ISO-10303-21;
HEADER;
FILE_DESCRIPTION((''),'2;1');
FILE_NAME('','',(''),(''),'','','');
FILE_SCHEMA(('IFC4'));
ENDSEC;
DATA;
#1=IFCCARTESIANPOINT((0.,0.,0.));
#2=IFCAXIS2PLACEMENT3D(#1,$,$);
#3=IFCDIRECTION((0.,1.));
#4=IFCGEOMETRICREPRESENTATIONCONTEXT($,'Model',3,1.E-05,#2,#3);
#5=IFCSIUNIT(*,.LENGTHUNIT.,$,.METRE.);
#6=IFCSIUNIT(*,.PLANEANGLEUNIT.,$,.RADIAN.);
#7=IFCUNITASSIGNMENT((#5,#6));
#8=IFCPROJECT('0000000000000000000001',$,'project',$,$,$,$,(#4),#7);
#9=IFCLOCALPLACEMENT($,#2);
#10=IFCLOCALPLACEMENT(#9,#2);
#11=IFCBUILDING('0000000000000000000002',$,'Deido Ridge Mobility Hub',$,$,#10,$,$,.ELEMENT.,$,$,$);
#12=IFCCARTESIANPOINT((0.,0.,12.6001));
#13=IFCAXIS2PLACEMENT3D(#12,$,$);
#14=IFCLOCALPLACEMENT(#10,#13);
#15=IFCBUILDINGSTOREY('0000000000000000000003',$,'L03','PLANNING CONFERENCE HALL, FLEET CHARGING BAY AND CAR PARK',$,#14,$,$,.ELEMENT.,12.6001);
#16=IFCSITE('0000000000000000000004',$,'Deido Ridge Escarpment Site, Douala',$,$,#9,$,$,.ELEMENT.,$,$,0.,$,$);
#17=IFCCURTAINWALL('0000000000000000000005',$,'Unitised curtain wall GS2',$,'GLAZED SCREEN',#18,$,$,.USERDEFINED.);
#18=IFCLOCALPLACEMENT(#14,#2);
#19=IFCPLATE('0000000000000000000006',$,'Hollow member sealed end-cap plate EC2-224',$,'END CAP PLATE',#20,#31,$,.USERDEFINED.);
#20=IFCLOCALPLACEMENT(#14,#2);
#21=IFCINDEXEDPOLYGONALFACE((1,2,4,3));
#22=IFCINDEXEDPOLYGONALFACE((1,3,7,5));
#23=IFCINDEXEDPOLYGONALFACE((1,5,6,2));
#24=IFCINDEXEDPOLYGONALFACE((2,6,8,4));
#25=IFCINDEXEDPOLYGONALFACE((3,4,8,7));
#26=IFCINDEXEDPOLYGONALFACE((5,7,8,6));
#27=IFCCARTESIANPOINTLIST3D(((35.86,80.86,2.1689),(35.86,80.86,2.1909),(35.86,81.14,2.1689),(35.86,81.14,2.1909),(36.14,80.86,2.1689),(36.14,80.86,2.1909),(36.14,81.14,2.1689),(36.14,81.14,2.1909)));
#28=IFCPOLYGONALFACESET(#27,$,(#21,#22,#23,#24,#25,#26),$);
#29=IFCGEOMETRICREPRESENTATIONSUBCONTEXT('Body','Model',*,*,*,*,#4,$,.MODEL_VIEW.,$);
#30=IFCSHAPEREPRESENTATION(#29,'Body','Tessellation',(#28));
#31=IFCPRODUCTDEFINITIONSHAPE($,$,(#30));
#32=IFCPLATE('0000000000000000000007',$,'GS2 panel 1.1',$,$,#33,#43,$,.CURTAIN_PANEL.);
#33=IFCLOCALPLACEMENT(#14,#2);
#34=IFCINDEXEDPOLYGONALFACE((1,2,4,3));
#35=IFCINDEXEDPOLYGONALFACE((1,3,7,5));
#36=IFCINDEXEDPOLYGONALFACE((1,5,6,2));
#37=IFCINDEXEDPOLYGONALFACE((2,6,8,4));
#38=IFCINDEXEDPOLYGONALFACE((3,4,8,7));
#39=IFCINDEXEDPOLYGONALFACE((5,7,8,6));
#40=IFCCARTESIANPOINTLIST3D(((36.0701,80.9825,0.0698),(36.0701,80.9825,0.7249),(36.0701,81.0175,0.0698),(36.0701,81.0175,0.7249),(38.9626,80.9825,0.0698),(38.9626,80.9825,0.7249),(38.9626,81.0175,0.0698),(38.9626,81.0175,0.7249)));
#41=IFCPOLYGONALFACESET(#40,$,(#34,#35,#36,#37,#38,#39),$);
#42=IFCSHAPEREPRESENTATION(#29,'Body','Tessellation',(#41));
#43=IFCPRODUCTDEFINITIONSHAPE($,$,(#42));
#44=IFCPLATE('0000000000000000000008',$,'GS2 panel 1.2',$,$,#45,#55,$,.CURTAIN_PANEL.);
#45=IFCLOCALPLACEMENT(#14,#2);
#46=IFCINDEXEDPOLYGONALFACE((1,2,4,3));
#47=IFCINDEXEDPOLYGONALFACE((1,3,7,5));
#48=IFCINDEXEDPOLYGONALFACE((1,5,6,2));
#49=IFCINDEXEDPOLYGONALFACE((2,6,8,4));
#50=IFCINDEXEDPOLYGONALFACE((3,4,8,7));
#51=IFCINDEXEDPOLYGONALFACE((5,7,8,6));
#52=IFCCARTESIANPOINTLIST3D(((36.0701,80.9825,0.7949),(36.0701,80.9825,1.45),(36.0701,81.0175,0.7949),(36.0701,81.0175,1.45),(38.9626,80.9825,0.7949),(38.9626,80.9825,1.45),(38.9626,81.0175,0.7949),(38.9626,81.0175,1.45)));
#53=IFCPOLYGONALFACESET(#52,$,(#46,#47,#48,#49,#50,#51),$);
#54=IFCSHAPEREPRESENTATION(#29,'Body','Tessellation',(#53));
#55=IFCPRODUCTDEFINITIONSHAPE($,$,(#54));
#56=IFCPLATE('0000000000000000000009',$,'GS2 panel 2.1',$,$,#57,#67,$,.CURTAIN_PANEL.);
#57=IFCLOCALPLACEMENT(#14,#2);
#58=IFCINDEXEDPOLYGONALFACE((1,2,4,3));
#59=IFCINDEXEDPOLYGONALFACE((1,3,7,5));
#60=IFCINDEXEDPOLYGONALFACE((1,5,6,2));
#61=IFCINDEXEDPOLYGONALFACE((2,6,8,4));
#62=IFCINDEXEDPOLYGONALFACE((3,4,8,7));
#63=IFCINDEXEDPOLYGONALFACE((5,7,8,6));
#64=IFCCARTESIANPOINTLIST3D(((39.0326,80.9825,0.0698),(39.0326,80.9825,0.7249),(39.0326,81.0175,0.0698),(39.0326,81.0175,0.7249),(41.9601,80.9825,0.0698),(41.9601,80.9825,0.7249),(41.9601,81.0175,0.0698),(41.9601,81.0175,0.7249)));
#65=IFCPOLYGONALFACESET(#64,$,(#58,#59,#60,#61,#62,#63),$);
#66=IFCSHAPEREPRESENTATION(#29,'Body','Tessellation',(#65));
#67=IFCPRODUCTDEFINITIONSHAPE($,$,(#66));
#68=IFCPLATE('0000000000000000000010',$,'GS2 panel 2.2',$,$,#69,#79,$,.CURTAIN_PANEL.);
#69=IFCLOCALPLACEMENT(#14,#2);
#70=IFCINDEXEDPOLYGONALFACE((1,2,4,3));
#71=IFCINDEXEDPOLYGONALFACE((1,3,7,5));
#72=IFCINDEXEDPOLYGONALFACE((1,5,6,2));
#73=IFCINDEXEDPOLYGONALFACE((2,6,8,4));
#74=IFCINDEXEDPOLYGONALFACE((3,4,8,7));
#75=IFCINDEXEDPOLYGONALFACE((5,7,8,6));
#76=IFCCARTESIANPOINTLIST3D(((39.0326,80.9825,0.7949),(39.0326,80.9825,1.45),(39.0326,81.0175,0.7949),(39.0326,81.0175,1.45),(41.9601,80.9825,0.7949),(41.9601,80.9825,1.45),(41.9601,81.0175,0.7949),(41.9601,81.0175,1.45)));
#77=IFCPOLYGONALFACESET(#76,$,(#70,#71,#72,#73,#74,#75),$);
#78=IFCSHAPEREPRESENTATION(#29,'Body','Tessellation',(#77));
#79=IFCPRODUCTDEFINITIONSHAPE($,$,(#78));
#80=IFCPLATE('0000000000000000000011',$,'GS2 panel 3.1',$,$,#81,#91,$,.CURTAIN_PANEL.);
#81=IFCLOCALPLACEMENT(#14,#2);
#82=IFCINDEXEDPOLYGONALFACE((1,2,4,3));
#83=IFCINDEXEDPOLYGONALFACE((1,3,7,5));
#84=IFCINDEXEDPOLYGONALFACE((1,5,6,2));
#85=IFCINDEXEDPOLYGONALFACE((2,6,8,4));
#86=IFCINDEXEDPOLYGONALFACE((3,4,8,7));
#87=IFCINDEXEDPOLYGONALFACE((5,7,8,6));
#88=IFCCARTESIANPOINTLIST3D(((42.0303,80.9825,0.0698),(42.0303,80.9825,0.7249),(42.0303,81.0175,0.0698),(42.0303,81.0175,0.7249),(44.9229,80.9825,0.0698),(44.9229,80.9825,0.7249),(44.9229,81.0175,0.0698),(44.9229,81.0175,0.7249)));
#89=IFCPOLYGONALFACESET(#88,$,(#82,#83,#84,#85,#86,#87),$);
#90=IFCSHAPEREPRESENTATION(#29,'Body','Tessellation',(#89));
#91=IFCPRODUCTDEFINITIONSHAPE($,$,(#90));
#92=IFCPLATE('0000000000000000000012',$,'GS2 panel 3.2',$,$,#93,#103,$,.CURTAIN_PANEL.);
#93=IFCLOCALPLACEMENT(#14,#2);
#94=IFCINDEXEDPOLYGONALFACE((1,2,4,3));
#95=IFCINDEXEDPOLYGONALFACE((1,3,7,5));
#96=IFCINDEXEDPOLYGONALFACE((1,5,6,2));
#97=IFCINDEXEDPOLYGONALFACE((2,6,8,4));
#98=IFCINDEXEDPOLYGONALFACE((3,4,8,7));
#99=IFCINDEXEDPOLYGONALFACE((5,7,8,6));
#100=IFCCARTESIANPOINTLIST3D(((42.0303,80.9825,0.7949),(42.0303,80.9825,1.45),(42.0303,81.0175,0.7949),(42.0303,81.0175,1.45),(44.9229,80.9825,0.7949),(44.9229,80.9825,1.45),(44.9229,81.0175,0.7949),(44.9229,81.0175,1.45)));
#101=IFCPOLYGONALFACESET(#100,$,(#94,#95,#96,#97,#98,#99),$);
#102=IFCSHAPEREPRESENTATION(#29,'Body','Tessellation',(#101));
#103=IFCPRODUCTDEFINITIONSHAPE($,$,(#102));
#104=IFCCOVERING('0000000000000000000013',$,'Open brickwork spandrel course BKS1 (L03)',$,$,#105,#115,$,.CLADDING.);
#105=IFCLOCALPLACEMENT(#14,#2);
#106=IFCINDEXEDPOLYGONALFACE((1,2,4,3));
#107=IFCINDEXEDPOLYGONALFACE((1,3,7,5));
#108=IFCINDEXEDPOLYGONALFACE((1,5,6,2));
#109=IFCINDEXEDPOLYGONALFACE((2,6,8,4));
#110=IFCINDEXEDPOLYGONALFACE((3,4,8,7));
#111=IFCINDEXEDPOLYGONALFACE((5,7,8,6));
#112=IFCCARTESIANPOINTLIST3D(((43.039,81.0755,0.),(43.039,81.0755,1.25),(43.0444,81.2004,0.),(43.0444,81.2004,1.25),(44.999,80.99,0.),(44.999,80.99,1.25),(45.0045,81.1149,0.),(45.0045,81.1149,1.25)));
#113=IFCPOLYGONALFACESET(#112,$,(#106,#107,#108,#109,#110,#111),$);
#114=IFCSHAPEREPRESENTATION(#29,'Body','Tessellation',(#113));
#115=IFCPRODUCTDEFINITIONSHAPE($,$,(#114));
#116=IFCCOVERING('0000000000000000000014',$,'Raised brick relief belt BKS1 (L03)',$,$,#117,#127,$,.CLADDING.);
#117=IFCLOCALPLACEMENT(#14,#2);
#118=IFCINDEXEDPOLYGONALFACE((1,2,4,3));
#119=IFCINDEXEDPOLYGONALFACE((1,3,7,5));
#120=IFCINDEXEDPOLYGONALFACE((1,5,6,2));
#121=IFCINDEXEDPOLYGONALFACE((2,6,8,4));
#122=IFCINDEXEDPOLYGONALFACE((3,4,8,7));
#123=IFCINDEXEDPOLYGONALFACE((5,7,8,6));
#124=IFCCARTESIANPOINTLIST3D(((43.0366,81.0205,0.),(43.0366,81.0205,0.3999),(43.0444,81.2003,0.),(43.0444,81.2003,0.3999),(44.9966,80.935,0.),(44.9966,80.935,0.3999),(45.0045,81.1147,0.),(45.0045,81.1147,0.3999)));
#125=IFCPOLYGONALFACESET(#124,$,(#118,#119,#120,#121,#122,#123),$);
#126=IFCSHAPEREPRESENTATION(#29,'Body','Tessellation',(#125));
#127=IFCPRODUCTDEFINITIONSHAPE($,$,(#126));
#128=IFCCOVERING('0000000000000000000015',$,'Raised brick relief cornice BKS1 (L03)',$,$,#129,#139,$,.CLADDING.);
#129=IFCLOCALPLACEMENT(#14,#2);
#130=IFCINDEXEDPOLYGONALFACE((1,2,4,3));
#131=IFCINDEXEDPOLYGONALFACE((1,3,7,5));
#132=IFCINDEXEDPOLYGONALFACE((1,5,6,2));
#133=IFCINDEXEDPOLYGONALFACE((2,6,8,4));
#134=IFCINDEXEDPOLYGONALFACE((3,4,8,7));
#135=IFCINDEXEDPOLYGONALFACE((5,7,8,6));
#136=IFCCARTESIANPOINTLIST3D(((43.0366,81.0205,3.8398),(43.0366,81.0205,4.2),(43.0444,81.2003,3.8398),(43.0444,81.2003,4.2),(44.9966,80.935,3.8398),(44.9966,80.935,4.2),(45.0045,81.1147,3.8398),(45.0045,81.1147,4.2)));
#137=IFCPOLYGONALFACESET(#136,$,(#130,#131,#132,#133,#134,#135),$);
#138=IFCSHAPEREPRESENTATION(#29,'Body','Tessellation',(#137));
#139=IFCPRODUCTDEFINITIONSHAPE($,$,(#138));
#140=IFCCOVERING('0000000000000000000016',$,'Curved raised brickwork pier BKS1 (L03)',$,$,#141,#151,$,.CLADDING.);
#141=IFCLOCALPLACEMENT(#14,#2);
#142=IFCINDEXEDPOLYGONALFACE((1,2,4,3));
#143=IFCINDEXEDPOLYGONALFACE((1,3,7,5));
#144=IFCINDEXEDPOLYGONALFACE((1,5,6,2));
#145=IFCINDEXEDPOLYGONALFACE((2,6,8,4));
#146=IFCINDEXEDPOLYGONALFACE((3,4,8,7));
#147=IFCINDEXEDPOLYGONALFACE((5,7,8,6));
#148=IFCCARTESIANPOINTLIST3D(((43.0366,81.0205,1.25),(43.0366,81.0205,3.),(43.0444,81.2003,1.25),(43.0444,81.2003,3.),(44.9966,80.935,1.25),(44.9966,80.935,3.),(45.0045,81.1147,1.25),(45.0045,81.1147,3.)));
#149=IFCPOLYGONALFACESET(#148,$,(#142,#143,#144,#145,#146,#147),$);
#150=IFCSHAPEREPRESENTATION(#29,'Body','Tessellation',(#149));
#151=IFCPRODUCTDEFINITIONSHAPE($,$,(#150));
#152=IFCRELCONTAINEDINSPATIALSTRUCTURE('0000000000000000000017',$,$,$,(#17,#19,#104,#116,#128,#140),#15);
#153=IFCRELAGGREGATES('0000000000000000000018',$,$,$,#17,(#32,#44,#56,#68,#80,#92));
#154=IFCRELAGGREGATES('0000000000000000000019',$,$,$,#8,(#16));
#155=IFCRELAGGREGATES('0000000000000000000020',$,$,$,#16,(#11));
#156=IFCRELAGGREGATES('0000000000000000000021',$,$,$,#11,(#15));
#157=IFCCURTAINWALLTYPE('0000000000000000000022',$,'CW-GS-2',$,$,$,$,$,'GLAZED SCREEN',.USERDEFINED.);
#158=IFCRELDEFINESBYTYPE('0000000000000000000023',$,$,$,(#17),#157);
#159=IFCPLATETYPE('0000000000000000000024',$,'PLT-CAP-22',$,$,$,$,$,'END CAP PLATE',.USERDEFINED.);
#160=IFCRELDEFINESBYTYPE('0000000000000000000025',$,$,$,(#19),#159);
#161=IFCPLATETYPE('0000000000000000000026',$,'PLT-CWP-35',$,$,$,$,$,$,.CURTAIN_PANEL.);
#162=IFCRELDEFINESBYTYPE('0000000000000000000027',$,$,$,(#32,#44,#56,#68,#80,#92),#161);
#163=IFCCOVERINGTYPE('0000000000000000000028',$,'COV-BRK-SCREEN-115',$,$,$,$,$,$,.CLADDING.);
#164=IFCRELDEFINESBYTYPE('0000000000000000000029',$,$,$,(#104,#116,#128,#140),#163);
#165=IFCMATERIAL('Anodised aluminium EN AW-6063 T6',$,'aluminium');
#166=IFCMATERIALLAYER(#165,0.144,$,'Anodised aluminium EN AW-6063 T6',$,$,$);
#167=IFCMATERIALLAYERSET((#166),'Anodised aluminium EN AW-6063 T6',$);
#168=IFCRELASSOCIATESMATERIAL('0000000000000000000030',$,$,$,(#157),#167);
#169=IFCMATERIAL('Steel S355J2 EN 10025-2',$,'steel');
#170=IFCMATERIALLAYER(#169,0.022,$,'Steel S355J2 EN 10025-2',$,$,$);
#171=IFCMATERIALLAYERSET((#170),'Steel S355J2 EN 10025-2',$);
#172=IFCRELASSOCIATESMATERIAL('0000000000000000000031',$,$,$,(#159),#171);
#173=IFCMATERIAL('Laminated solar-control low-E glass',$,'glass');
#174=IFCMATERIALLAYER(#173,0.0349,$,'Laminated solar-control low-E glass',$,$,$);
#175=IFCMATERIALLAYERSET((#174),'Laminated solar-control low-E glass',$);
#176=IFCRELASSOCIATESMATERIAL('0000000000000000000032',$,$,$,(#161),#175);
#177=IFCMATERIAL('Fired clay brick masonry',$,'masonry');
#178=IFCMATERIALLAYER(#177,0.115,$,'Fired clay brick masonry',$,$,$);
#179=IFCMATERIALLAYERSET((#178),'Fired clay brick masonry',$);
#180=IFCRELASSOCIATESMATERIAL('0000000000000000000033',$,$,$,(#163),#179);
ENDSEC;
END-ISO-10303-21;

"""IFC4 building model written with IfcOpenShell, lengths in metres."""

from ifc_helpers import new_model, si_unit, direction, frame, origin, origin_2d, place, context, subcontext, project, spatial, rectangle, extrude, material, layer, layer_set, type_object, element, aggregate, save


model = new_model("IFC4")

# Units and contexts
model_context = context("Model", 3, precision=1e-05, world=origin(), true_north=direction((0.0, 1.0)))
body_context = subcontext(model_context, "Body", "Model", "MODEL_VIEW")
ifc_project = project(units=[si_unit("LENGTHUNIT", "METRE"), si_unit("PLANEANGLEUNIT", "RADIAN")], contexts=[model_context])

# Site, building, storey
site_placement = place(None, origin())
site = spatial("IfcSite", under=ifc_project, at=site_placement, Name="Deido Ridge Escarpment Site, Douala", CompositionType="ELEMENT", RefElevation=0.0)
building_placement = place(site_placement, origin())
building = spatial("IfcBuilding", under=site, at=building_placement, Name="Deido Ridge Mobility Hub", CompositionType="ELEMENT")
storey_placement = place(building_placement, frame((0.0, 0.0, 12.6001)))
storey = spatial("IfcBuildingStorey", under=building, at=storey_placement, Name="L03", Description="PLANNING CONFERENCE HALL, FLEET CHARGING BAY AND CAR PARK", CompositionType="ELEMENT", Elevation=12.6001)

# Shared definitions
ifc_material_1 = material(Name="Steel S355J2 EN 10025-2", Category="steel")

# Shared definitions
ifc_material_2 = material(Name="Anodised aluminium EN AW-6063 T6", Category="aluminium")
ifc_layer_1 = layer(ifc_material_2, 0.144, Name="Anodised aluminium EN AW-6063 T6")
ifc_layer_set_1 = layer_set([ifc_layer_1], Name="Anodised aluminium EN AW-6063 T6")
curtain_wall_type = type_object("IfcCurtainWallType", Name="CW-GS-2", ElementType="GLAZED SCREEN", PredefinedType="USERDEFINED", material=ifc_layer_set_1)

# Curtain wall
curtain_wall_1_placement = place(storey_placement, origin())
curtain_wall_1 = element("IfcCurtainWall", 1, at=curtain_wall_1_placement, inside=storey, type_object=curtain_wall_type, Name="Unitised curtain wall GS2", ObjectType="GLAZED SCREEN", PredefinedType="USERDEFINED")

# Plates
ifc_layer_2 = layer(ifc_material_1, 0.022, Name="Steel S355J2 EN 10025-2")
ifc_layer_set_2 = layer_set([ifc_layer_2], Name="Steel S355J2 EN 10025-2")
plate_type_1 = type_object("IfcPlateType", Name="PLT-CAP-22", ElementType="END CAP PLATE", PredefinedType="USERDEFINED", material=ifc_layer_set_2)
plate_1_placement = place(storey_placement, frame((36.0, 81.0, 2.1689), z_axis=(0.0, 0.0, 1.0), x_axis=(1.0, 0.0, 0.0)))
element("IfcPlate", 2, at=plate_1_placement, inside=storey, type_object=plate_type_1, Name="Hollow member sealed end-cap plate EC2-224", ObjectType="END CAP PLATE", PredefinedType="USERDEFINED", context=body_context, shape_type="SweptSolid", body=[
    extrude(rectangle(XDim=0.28, YDim=0.28, at=origin_2d()), origin(), (0.0, 0.0, 1.0), 0.022),
])
ifc_material_3 = material(Name="Laminated solar-control low-E glass", Category="glass")
ifc_layer_3 = layer(ifc_material_3, 0.0349, Name="Laminated solar-control low-E glass")
ifc_layer_set_3 = layer_set([ifc_layer_3], Name="Laminated solar-control low-E glass")
plate_type_2 = type_object("IfcPlateType", Name="PLT-CWP-35", PredefinedType="CURTAIN_PANEL", material=ifc_layer_set_3)
plate_2_placement = place(storey_placement, frame((37.5164, 81.0, 0.0698), z_axis=(0.0, 0.0, 1.0), x_axis=(1.0, 0.0, 0.0)))
plate_2 = element("IfcPlate", 3, at=plate_2_placement, type_object=plate_type_2, Name="GS2 panel 1.1", PredefinedType="CURTAIN_PANEL", context=body_context, shape_type="SweptSolid", body=[
    extrude(rectangle(XDim=2.8926, YDim=0.0349, at=origin_2d()), origin(), (0.0, 0.0, 1.0), 0.655),
])
plate_3_placement = place(storey_placement, frame((37.5164, 81.0, 0.7949), z_axis=(0.0, 0.0, 1.0), x_axis=(1.0, 0.0, 0.0)))
plate_3 = element("IfcPlate", 4, at=plate_3_placement, type_object=plate_type_2, Name="GS2 panel 1.2", PredefinedType="CURTAIN_PANEL", context=body_context, shape_type="SweptSolid", body=[
    extrude(rectangle(XDim=2.8926, YDim=0.0349, at=origin_2d()), origin(), (0.0, 0.0, 1.0), 0.655),
])
plate_4_placement = place(storey_placement, frame((40.4963, 81.0, 0.0698), z_axis=(0.0, 0.0, 1.0), x_axis=(1.0, 0.0, 0.0)))
plate_4 = element("IfcPlate", 5, at=plate_4_placement, type_object=plate_type_2, Name="GS2 panel 2.1", PredefinedType="CURTAIN_PANEL", context=body_context, shape_type="SweptSolid", body=[
    extrude(rectangle(XDim=2.9275, YDim=0.0349, at=origin_2d()), origin(), (0.0, 0.0, 1.0), 0.655),
])
plate_5_placement = place(storey_placement, frame((40.4963, 81.0, 0.7949), z_axis=(0.0, 0.0, 1.0), x_axis=(1.0, 0.0, 0.0)))
plate_5 = element("IfcPlate", 6, at=plate_5_placement, type_object=plate_type_2, Name="GS2 panel 2.2", PredefinedType="CURTAIN_PANEL", context=body_context, shape_type="SweptSolid", body=[
    extrude(rectangle(XDim=2.9275, YDim=0.0349, at=origin_2d()), origin(), (0.0, 0.0, 1.0), 0.655),
])
plate_6_placement = place(storey_placement, frame((43.4766, 81.0, 0.0698), z_axis=(0.0, 0.0, 1.0), x_axis=(1.0, 0.0, 0.0)))
plate_6 = element("IfcPlate", 7, at=plate_6_placement, type_object=plate_type_2, Name="GS2 panel 3.1", PredefinedType="CURTAIN_PANEL", context=body_context, shape_type="SweptSolid", body=[
    extrude(rectangle(XDim=2.8926, YDim=0.0349, at=origin_2d()), origin(), (0.0, 0.0, 1.0), 0.655),
])
plate_7_placement = place(storey_placement, frame((43.4766, 81.0, 0.7949), z_axis=(0.0, 0.0, 1.0), x_axis=(1.0, 0.0, 0.0)))
plate_7 = element("IfcPlate", 8, at=plate_7_placement, type_object=plate_type_2, Name="GS2 panel 3.2", PredefinedType="CURTAIN_PANEL", context=body_context, shape_type="SweptSolid", body=[
    extrude(rectangle(XDim=2.8926, YDim=0.0349, at=origin_2d()), origin(), (0.0, 0.0, 1.0), 0.655),
])
aggregate(curtain_wall_1, [plate_2, plate_3, plate_4, plate_5, plate_6, plate_7])

# Coverings
ifc_material_4 = material(Name="Fired clay brick masonry", Category="masonry")
ifc_layer_4 = layer(ifc_material_4, 0.115, Name="Fired clay brick masonry")
ifc_layer_set_4 = layer_set([ifc_layer_4], Name="Fired clay brick masonry")
covering_type = type_object("IfcCoveringType", Name="COV-BRK-SCREEN-115", PredefinedType="CLADDING", material=ifc_layer_set_4)
covering_1_placement = place(storey_placement, frame((44.0217, 81.0952, 0.0), z_axis=(0.0, 0.0, 1.0), x_axis=(0.999049, -0.043602, 0.0)))
element("IfcCovering", 9, at=covering_1_placement, inside=storey, type_object=covering_type, Name="Open brickwork spandrel course BKS1 (L03)", PredefinedType="CLADDING", context=body_context, shape_type="SweptSolid", body=[
    extrude(rectangle(XDim=1.9619, YDim=0.125, at=origin_2d()), origin(), (0.0, 0.0, 1.0), 1.25),
])
covering_2_placement = place(storey_placement, frame((44.0205, 81.0676, 0.0), z_axis=(0.0, 0.0, 1.0), x_axis=(0.999049, -0.043602, 0.0)))
element("IfcCovering", 10, at=covering_2_placement, inside=storey, type_object=covering_type, Name="Raised brick relief belt BKS1 (L03)", PredefinedType="CLADDING", context=body_context, shape_type="SweptSolid", body=[
    extrude(rectangle(XDim=1.9619, YDim=0.1799, at=origin_2d()), origin(), (0.0, 0.0, 1.0), 0.3999),
])
covering_3_placement = place(storey_placement, frame((44.0205, 81.0676, 3.8398), z_axis=(0.0, 0.0, 1.0), x_axis=(0.999049, -0.043602, 0.0)))
element("IfcCovering", 11, at=covering_3_placement, inside=storey, type_object=covering_type, Name="Raised brick relief cornice BKS1 (L03)", PredefinedType="CLADDING", context=body_context, shape_type="SweptSolid", body=[
    extrude(rectangle(XDim=1.9619, YDim=0.1799, at=origin_2d()), origin(), (0.0, 0.0, 1.0), 0.3601),
])
covering_4_placement = place(storey_placement, frame((44.0205, 81.0676, 1.25), z_axis=(0.0, 0.0, 1.0), x_axis=(0.999049, -0.043602, 0.0)))
element("IfcCovering", 12, at=covering_4_placement, inside=storey, type_object=covering_type, Name="Curved raised brickwork pier BKS1 (L03)", PredefinedType="CLADDING", context=body_context, shape_type="SweptSolid", body=[
    extrude(rectangle(XDim=1.9619, YDim=0.1799, at=origin_2d()), origin(), (0.0, 0.0, 1.0), 1.75),
])

save(model, "model.ifc")
